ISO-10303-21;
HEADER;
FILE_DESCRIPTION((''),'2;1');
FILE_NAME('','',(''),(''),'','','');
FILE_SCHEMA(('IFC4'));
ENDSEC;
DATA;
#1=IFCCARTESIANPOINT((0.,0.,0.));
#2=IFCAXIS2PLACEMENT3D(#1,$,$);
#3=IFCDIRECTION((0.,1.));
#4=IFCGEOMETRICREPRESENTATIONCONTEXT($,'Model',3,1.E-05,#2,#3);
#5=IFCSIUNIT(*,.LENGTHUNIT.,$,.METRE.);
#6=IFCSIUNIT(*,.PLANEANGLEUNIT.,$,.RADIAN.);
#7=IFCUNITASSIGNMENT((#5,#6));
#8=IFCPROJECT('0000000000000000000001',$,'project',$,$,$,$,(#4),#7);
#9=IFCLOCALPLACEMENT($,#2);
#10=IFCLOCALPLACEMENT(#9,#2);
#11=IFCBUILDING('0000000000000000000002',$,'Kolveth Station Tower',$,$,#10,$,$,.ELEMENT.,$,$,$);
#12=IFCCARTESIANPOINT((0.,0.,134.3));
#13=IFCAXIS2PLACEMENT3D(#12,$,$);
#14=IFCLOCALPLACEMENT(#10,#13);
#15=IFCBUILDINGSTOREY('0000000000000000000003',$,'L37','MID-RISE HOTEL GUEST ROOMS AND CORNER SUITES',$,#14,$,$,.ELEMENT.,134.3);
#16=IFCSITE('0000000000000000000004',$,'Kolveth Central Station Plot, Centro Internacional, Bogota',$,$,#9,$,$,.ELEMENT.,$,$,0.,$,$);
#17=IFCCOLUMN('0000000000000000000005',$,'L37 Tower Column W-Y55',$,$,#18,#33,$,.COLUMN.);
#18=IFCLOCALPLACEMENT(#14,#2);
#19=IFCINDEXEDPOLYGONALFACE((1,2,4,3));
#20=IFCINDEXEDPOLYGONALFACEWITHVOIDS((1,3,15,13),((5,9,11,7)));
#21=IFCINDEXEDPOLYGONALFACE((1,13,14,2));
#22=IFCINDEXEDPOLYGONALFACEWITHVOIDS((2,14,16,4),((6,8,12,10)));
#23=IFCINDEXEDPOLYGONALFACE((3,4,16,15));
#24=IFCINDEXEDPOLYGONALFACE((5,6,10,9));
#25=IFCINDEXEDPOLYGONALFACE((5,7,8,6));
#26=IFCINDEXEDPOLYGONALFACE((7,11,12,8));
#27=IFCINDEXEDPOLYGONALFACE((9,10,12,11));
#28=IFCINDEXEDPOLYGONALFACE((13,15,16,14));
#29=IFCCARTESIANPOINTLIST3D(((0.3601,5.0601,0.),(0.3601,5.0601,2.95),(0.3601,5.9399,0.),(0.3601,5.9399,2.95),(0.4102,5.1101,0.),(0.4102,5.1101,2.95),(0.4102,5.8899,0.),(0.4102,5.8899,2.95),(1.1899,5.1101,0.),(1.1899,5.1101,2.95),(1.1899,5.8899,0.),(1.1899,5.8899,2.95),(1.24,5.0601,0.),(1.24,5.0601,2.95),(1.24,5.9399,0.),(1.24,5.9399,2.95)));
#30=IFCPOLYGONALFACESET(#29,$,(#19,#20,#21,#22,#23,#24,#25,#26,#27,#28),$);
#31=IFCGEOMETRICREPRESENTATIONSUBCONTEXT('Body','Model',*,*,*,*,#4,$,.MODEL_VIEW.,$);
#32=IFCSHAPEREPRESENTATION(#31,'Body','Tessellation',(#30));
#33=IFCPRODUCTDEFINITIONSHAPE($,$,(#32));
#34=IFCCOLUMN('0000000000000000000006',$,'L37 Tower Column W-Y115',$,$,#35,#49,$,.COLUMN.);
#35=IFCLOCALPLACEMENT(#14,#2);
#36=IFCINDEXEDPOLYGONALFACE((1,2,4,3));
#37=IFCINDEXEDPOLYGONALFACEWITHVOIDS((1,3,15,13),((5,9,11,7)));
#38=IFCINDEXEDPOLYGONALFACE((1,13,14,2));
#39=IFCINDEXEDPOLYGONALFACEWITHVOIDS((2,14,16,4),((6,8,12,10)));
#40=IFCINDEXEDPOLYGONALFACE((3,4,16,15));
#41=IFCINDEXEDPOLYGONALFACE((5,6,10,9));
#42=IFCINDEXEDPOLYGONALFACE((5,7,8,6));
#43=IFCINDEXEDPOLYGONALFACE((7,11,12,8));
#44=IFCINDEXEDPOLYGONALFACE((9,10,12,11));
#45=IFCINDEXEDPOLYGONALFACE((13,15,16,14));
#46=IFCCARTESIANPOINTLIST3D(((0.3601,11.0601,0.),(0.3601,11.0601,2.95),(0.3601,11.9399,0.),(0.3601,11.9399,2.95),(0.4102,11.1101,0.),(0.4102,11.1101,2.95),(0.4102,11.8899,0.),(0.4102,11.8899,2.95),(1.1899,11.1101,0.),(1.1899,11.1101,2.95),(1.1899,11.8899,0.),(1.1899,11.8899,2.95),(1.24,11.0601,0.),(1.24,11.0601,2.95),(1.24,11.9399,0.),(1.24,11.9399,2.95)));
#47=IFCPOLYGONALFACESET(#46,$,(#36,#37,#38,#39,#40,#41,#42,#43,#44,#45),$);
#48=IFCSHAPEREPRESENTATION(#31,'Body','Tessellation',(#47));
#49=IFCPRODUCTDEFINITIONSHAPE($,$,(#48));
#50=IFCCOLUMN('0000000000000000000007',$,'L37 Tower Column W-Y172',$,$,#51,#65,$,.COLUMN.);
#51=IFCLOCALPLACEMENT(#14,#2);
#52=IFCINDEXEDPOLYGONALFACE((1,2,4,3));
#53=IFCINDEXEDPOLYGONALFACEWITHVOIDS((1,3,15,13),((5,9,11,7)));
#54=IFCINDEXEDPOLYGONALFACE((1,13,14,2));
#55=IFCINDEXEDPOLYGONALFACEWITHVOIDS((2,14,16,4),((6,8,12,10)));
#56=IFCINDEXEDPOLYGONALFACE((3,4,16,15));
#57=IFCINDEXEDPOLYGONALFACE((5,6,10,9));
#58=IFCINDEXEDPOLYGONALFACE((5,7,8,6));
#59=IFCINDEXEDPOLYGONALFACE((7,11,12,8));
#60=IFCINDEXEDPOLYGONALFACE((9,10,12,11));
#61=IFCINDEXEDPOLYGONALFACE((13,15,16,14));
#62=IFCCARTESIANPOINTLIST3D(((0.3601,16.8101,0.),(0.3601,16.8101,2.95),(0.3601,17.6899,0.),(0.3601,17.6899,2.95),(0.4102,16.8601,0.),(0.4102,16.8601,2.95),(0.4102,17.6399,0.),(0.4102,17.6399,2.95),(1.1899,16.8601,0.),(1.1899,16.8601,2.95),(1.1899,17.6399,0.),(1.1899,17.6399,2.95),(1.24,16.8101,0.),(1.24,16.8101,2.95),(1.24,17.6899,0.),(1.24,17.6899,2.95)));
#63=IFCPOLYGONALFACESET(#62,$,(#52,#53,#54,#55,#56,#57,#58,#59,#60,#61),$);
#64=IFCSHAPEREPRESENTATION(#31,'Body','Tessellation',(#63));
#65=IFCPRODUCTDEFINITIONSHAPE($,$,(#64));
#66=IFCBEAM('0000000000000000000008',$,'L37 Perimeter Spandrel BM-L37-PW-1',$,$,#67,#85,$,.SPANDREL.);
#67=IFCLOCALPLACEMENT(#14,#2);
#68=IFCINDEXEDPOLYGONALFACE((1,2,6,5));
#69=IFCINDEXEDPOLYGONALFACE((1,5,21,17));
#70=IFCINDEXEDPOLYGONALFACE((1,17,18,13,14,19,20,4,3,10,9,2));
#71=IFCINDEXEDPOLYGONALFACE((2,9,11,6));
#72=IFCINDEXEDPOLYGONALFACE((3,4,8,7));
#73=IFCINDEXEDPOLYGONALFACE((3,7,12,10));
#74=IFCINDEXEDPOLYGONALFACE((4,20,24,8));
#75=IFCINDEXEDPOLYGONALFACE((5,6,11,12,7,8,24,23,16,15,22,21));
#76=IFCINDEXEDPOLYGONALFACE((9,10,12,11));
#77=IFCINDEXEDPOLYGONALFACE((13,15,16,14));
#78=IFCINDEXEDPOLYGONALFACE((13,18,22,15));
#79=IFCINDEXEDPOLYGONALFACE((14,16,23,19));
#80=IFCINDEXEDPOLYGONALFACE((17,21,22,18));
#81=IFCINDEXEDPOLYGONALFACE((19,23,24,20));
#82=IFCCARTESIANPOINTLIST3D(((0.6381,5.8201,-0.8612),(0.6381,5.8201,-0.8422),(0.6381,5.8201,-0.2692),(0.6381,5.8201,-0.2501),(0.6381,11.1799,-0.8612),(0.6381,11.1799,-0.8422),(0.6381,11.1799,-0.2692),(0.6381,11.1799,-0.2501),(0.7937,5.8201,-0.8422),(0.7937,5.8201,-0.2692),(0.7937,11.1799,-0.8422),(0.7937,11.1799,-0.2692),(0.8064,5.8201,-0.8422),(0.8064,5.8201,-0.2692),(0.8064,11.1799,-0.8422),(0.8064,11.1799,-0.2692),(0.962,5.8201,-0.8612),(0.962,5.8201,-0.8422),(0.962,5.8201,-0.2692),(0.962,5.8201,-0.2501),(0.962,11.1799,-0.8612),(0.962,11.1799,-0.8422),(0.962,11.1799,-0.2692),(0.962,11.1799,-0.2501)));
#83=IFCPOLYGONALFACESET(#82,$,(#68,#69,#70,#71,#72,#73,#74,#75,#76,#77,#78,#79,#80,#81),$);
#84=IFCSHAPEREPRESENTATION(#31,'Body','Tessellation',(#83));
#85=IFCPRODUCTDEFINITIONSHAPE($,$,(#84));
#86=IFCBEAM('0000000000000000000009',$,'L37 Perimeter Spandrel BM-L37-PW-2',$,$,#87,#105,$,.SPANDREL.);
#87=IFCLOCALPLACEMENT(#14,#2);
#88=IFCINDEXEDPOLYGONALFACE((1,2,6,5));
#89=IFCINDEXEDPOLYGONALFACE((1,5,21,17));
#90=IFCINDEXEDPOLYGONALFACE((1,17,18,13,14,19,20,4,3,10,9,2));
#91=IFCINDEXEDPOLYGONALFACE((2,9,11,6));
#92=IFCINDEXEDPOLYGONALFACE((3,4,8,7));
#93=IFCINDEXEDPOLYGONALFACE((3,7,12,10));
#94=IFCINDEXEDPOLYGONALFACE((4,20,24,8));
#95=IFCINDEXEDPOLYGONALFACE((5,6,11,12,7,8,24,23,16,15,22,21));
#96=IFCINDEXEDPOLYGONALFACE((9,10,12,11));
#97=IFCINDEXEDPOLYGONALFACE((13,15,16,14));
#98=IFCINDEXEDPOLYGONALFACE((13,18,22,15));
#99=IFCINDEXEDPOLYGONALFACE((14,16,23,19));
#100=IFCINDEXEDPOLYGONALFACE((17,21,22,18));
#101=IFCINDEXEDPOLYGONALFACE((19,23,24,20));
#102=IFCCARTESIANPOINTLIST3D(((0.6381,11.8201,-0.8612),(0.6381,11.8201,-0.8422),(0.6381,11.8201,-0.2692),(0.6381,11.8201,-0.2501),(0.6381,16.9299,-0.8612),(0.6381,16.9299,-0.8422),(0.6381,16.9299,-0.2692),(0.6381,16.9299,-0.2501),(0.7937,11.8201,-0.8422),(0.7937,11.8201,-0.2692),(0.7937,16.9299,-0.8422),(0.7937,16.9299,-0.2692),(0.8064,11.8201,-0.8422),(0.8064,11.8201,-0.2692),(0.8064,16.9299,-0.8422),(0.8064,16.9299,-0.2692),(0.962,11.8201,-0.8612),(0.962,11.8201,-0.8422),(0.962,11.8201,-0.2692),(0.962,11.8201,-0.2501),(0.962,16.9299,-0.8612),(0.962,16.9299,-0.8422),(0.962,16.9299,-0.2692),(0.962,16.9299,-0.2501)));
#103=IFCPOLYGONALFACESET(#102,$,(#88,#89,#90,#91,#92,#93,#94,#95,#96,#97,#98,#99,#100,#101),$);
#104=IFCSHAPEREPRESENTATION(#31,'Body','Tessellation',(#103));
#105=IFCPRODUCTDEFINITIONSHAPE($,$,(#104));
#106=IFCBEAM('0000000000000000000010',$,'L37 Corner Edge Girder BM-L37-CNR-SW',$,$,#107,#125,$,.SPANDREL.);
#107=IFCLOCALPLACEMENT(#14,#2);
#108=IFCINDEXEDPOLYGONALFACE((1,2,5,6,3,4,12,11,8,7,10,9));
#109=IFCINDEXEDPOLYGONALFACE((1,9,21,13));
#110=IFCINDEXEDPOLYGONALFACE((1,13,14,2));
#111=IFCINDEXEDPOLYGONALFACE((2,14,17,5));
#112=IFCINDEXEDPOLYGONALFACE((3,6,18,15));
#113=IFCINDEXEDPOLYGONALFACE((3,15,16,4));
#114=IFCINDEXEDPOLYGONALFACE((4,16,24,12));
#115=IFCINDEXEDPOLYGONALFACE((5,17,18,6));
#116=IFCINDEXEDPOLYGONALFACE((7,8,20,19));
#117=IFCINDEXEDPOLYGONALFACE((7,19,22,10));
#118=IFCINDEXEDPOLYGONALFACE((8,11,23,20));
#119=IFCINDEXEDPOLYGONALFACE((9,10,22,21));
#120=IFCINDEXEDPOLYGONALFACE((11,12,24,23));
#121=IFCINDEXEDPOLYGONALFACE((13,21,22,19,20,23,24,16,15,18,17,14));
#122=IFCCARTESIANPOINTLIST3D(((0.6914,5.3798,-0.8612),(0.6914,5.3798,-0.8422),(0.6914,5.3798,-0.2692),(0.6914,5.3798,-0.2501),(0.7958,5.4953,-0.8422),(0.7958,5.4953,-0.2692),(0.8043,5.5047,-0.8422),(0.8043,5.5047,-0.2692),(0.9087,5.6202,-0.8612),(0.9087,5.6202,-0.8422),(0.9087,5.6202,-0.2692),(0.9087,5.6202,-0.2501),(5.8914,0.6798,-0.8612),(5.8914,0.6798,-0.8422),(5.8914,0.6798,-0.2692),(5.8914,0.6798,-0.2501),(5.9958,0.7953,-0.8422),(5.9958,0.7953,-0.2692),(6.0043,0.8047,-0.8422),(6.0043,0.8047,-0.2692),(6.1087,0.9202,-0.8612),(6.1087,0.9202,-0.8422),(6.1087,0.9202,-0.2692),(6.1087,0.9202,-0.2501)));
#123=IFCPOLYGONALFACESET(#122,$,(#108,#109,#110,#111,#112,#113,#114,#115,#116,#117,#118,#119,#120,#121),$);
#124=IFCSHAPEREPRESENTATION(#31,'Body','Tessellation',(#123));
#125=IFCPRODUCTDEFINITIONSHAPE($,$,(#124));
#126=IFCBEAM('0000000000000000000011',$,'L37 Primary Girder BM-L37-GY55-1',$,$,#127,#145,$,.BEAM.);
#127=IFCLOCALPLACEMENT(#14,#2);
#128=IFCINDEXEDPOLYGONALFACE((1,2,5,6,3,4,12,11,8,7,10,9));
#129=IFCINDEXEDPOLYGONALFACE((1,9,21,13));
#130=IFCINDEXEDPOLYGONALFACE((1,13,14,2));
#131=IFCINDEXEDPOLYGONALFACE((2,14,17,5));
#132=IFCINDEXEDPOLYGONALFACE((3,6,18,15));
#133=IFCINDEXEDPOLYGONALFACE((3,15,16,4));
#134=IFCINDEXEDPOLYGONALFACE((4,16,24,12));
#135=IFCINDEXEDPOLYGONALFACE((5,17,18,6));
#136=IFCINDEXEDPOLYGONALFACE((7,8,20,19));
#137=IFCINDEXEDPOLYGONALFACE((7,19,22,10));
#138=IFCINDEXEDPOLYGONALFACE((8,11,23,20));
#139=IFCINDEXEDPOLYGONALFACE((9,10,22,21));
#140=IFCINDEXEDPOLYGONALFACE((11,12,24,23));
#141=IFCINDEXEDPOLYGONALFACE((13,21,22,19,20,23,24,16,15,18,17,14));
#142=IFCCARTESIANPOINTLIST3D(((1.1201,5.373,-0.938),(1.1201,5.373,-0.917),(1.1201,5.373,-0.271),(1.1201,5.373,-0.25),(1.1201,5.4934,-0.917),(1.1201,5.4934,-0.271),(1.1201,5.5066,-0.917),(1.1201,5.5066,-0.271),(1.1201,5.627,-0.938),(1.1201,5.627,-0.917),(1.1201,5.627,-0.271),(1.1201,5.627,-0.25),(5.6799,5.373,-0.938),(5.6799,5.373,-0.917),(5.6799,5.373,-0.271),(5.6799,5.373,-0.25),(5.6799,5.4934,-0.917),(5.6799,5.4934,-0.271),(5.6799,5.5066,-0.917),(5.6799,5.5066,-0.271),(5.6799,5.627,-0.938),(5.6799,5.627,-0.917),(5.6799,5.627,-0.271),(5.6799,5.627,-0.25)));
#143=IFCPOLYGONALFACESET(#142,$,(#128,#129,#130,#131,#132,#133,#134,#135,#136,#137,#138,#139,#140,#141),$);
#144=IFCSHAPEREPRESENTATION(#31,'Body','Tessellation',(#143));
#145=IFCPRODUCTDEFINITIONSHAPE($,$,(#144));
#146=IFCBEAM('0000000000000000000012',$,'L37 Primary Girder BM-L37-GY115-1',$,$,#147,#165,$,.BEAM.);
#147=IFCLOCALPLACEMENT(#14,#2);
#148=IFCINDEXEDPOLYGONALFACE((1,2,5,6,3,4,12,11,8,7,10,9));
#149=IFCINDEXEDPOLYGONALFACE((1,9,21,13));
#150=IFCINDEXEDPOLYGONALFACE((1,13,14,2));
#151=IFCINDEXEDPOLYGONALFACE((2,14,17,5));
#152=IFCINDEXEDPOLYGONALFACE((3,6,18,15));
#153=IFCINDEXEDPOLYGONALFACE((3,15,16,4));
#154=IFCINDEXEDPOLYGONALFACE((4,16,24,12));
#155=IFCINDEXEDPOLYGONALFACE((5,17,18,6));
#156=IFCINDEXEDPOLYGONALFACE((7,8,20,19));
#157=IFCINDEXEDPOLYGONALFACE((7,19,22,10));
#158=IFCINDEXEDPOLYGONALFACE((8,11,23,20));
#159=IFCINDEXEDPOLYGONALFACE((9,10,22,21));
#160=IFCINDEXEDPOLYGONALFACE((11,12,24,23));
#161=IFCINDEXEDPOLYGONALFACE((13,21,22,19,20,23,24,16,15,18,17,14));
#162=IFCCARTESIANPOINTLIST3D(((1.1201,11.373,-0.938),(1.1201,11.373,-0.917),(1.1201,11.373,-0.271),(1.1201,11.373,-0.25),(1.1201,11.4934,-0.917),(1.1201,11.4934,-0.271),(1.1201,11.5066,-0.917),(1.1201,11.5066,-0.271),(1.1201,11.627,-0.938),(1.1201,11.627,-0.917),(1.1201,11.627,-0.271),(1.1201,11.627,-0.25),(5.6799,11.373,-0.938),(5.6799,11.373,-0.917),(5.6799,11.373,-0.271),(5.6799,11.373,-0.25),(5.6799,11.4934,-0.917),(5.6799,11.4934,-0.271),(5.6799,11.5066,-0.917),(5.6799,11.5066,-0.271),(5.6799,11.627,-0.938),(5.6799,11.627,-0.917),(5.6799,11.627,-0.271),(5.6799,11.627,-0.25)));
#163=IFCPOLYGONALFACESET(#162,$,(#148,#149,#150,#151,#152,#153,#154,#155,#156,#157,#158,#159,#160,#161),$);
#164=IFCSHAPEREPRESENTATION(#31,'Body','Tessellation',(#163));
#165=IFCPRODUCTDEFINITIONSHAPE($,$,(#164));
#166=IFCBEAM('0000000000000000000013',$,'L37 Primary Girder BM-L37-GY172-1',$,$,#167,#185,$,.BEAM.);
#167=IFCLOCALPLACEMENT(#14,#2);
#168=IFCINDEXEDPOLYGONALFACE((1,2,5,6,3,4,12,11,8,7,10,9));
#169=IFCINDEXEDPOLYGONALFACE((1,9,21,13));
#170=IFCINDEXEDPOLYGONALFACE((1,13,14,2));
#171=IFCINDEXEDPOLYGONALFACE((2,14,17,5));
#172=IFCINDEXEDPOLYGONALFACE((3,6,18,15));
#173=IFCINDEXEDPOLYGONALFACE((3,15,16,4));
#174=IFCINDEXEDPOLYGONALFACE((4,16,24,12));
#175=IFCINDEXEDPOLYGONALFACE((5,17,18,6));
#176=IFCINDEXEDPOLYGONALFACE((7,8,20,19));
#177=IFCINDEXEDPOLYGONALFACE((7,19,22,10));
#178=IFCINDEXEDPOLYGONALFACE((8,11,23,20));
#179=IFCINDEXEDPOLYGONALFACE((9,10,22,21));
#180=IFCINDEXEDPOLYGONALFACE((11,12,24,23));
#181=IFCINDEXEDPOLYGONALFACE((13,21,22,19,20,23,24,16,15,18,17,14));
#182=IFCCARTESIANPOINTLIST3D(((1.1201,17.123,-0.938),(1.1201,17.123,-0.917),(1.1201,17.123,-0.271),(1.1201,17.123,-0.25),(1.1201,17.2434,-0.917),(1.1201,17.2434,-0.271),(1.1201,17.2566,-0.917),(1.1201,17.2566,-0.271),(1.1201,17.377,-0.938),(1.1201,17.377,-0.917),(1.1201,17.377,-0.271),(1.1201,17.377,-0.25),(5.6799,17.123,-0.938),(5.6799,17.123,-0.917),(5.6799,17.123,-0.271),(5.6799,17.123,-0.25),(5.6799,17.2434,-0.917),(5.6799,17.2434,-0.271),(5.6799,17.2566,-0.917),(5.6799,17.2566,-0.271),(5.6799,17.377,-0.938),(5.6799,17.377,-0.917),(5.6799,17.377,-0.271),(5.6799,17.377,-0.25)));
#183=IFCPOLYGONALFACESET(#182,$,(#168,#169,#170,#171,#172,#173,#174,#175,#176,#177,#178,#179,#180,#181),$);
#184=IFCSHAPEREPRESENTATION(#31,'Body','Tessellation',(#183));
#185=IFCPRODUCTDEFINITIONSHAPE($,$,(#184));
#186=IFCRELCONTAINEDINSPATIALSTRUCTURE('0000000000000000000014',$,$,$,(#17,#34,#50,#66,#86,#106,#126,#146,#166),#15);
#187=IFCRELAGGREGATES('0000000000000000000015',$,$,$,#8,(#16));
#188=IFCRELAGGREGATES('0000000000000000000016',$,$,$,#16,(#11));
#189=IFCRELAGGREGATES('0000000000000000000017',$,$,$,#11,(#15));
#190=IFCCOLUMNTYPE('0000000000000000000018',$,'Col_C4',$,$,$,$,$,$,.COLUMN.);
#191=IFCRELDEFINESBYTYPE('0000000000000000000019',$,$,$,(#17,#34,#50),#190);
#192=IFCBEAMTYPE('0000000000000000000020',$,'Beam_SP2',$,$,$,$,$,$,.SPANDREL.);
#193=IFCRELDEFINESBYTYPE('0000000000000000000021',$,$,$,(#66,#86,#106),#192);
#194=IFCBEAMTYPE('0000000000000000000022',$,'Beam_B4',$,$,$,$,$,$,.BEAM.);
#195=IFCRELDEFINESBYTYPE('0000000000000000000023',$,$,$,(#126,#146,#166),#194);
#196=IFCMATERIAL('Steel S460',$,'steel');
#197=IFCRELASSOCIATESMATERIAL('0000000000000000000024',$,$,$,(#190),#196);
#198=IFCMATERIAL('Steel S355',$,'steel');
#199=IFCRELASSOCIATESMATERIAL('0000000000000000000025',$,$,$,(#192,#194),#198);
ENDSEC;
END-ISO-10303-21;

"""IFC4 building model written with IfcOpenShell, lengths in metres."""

from ifc_helpers import new_model, si_unit, direction, frame, origin, origin_2d, place, context, subcontext, project, spatial, hollow_rectangle, i_section, extrude, source, transform, mapped, material, material_profile, profile_set, type_object, element, save


model = new_model("IFC4")

# Units and contexts
model_context = context("Model", 3, precision=1e-05, world=origin(), true_north=direction((0.0, 1.0)))
body_context = subcontext(model_context, "Body", "Model", "MODEL_VIEW")
ifc_project = project(units=[si_unit("LENGTHUNIT", "METRE"), si_unit("PLANEANGLEUNIT", "RADIAN")], contexts=[model_context])

# Site, building, storey
site_placement = place(None, origin())
site = spatial("IfcSite", under=ifc_project, at=site_placement, Name="Kolveth Central Station Plot, Centro Internacional, Bogota", CompositionType="ELEMENT", RefElevation=0.0)
building_placement = place(site_placement, origin())
building = spatial("IfcBuilding", under=site, at=building_placement, Name="Kolveth Station Tower", CompositionType="ELEMENT")
storey_placement = place(building_placement, frame((0.0, 0.0, 134.3)))
storey = spatial("IfcBuildingStorey", under=building, at=storey_placement, Name="L37", Description="MID-RISE HOTEL GUEST ROOMS AND CORNER SUITES", CompositionType="ELEMENT", Elevation=134.3)

# Columns
ifc_material_1 = material(Name="Steel S460", Category="steel")
ifc_material_profile_1 = material_profile(ifc_material_1, hollow_rectangle(XDim=0.8799, YDim=0.8799, WallThickness=0.05, at=origin_2d()), Name="BOX880x880x50")
ifc_profile_set_1 = profile_set([ifc_material_profile_1], Name="Steel S460")
column_type = type_object("IfcColumnType", Name="Col_C4", PredefinedType="COLUMN", material=ifc_profile_set_1)
shared_shape_1 = source(origin(), body_context, "Body", "SweptSolid", [
    extrude(hollow_rectangle(XDim=0.8799, YDim=0.8799, WallThickness=0.05, at=origin_2d()), origin(), (0.0, 0.0, 1.0), 2.95),
])
for number, where, z_axis, x_axis, name in (
    (1, (0.8, 5.5, 0.0), (0.0, 0.0, 1.0), (1.0, 0.0, 0.0), "L37 Tower Column W-Y55"),
    (2, (0.8, 11.5, 0.0), (0.0, 0.0, 1.0), (1.0, 0.0, 0.0), "L37 Tower Column W-Y115"),
    (3, (0.8, 17.25, 0.0), (0.0, 0.0, 1.0), (1.0, 0.0, 0.0), "L37 Tower Column W-Y172"),
):
    element("IfcColumn", number, at=place(storey_placement, frame(where, z_axis=z_axis, x_axis=x_axis)), inside=storey, type_object=column_type, Name=name, PredefinedType="COLUMN", context=body_context, shape_type="MappedRepresentation", body=[
        mapped(shared_shape_1, transform((0.0, 0.0, 0.0), x_axis=(1.0, 0.0, 0.0), y_axis=(0.0, 1.0, 0.0), z_axis=(0.0, 0.0, 1.0), scale=1.0)),
    ])

# Beams
ifc_material_2 = material(Name="Steel S355", Category="steel")
ifc_material_profile_2 = material_profile(ifc_material_2, i_section(OverallWidth=0.324, OverallDepth=0.6111, WebThickness=0.0127, FlangeThickness=0.019, at=origin_2d()), Name="W610x155")
ifc_profile_set_2 = profile_set([ifc_material_profile_2], Name="Steel S355")
beam_type_1 = type_object("IfcBeamType", Name="Beam_SP2", PredefinedType="SPANDREL", material=ifc_profile_set_2)
shared_shape_2 = source(origin(), body_context, "Body", "SweptSolid", [
    extrude(i_section(OverallWidth=0.324, OverallDepth=0.6111, WebThickness=0.0127, FlangeThickness=0.019, at=origin_2d()), origin(), (0.0, 0.0, 1.0), 5.3599),
])
beam_1_placement = place(storey_placement, frame((0.8, 5.8201, -0.5557), z_axis=(0.0, 1.0, 0.0), x_axis=(-1.0, 0.0, 0.0)))
element("IfcBeam", 4, at=beam_1_placement, inside=storey, type_object=beam_type_1, Name="L37 Perimeter Spandrel BM-L37-PW-1", PredefinedType="SPANDREL", context=body_context, shape_type="MappedRepresentation", body=[
    mapped(shared_shape_2, transform((0.0, 0.0, 0.0), x_axis=(1.0, 0.0, 0.0), y_axis=(0.0, 1.0, 0.0), z_axis=(0.0, 0.0, 1.0), scale=1.0)),
])
shared_shape_3 = source(origin(), body_context, "Body", "SweptSolid", [
    extrude(i_section(OverallWidth=0.324, OverallDepth=0.6111, WebThickness=0.0127, FlangeThickness=0.019, at=origin_2d()), origin(), (0.0, 0.0, 1.0), 5.1099),
])
beam_2_placement = place(storey_placement, frame((0.8, 11.8201, -0.5557), z_axis=(0.0, 1.0, 0.0), x_axis=(-1.0, 0.0, 0.0)))
element("IfcBeam", 5, at=beam_2_placement, inside=storey, type_object=beam_type_1, Name="L37 Perimeter Spandrel BM-L37-PW-2", PredefinedType="SPANDREL", context=body_context, shape_type="MappedRepresentation", body=[
    mapped(shared_shape_3, transform((0.0, 0.0, 0.0), x_axis=(1.0, 0.0, 0.0), y_axis=(0.0, 1.0, 0.0), z_axis=(0.0, 0.0, 1.0), scale=1.0)),
])
shared_shape_4 = source(origin(), body_context, "Body", "SweptSolid", [
    extrude(i_section(OverallWidth=0.324, OverallDepth=0.6111, WebThickness=0.0127, FlangeThickness=0.019, at=origin_2d()), origin(), (0.0, 0.0, 1.0), 7.0093),
])
beam_3_placement = place(storey_placement, frame((0.8, 5.5, -0.5557), z_axis=(0.741874, -0.670539, 0.0), x_axis=(0.670539, 0.741874, 0.0)))
element("IfcBeam", 6, at=beam_3_placement, inside=storey, type_object=beam_type_1, Name="L37 Corner Edge Girder BM-L37-CNR-SW", PredefinedType="SPANDREL", context=body_context, shape_type="MappedRepresentation", body=[
    mapped(shared_shape_4, transform((0.0, 0.0, 0.0), x_axis=(1.0, 0.0, 0.0), y_axis=(0.0, 1.0, 0.0), z_axis=(0.0, 0.0, 1.0), scale=1.0)),
])
ifc_material_profile_3 = material_profile(ifc_material_2, i_section(OverallWidth=0.2539, OverallDepth=0.688, WebThickness=0.0132, FlangeThickness=0.021, at=origin_2d()), Name="W690x152")
ifc_profile_set_3 = profile_set([ifc_material_profile_3], Name="Steel S355")
beam_type_2 = type_object("IfcBeamType", Name="Beam_B4", PredefinedType="BEAM", material=ifc_profile_set_3)
shared_shape_5 = source(origin(), body_context, "Body", "SweptSolid", [
    extrude(i_section(OverallWidth=0.2539, OverallDepth=0.688, WebThickness=0.0132, FlangeThickness=0.021, at=origin_2d()), origin(), (0.0, 0.0, 1.0), 4.5598),
])
for number, where, z_axis, x_axis, name in (
    (7, (1.1201, 5.5, -0.594), (1.0, 0.0, 0.0), (0.0, 1.0, 0.0), "L37 Primary Girder BM-L37-GY55-1"),
    (8, (1.1201, 11.5, -0.594), (1.0, 0.0, 0.0), (0.0, 1.0, 0.0), "L37 Primary Girder BM-L37-GY115-1"),
    (9, (1.1201, 17.25, -0.594), (1.0, 0.0, 0.0), (0.0, 1.0, 0.0), "L37 Primary Girder BM-L37-GY172-1"),
):
    element("IfcBeam", number, at=place(storey_placement, frame(where, z_axis=z_axis, x_axis=x_axis)), inside=storey, type_object=beam_type_2, Name=name, PredefinedType="BEAM", context=body_context, shape_type="MappedRepresentation", body=[
        mapped(shared_shape_5, transform((0.0, 0.0, 0.0), x_axis=(1.0, 0.0, 0.0), y_axis=(0.0, 1.0, 0.0), z_axis=(0.0, 0.0, 1.0), scale=1.0)),
    ])

save(model, "model.ifc")
